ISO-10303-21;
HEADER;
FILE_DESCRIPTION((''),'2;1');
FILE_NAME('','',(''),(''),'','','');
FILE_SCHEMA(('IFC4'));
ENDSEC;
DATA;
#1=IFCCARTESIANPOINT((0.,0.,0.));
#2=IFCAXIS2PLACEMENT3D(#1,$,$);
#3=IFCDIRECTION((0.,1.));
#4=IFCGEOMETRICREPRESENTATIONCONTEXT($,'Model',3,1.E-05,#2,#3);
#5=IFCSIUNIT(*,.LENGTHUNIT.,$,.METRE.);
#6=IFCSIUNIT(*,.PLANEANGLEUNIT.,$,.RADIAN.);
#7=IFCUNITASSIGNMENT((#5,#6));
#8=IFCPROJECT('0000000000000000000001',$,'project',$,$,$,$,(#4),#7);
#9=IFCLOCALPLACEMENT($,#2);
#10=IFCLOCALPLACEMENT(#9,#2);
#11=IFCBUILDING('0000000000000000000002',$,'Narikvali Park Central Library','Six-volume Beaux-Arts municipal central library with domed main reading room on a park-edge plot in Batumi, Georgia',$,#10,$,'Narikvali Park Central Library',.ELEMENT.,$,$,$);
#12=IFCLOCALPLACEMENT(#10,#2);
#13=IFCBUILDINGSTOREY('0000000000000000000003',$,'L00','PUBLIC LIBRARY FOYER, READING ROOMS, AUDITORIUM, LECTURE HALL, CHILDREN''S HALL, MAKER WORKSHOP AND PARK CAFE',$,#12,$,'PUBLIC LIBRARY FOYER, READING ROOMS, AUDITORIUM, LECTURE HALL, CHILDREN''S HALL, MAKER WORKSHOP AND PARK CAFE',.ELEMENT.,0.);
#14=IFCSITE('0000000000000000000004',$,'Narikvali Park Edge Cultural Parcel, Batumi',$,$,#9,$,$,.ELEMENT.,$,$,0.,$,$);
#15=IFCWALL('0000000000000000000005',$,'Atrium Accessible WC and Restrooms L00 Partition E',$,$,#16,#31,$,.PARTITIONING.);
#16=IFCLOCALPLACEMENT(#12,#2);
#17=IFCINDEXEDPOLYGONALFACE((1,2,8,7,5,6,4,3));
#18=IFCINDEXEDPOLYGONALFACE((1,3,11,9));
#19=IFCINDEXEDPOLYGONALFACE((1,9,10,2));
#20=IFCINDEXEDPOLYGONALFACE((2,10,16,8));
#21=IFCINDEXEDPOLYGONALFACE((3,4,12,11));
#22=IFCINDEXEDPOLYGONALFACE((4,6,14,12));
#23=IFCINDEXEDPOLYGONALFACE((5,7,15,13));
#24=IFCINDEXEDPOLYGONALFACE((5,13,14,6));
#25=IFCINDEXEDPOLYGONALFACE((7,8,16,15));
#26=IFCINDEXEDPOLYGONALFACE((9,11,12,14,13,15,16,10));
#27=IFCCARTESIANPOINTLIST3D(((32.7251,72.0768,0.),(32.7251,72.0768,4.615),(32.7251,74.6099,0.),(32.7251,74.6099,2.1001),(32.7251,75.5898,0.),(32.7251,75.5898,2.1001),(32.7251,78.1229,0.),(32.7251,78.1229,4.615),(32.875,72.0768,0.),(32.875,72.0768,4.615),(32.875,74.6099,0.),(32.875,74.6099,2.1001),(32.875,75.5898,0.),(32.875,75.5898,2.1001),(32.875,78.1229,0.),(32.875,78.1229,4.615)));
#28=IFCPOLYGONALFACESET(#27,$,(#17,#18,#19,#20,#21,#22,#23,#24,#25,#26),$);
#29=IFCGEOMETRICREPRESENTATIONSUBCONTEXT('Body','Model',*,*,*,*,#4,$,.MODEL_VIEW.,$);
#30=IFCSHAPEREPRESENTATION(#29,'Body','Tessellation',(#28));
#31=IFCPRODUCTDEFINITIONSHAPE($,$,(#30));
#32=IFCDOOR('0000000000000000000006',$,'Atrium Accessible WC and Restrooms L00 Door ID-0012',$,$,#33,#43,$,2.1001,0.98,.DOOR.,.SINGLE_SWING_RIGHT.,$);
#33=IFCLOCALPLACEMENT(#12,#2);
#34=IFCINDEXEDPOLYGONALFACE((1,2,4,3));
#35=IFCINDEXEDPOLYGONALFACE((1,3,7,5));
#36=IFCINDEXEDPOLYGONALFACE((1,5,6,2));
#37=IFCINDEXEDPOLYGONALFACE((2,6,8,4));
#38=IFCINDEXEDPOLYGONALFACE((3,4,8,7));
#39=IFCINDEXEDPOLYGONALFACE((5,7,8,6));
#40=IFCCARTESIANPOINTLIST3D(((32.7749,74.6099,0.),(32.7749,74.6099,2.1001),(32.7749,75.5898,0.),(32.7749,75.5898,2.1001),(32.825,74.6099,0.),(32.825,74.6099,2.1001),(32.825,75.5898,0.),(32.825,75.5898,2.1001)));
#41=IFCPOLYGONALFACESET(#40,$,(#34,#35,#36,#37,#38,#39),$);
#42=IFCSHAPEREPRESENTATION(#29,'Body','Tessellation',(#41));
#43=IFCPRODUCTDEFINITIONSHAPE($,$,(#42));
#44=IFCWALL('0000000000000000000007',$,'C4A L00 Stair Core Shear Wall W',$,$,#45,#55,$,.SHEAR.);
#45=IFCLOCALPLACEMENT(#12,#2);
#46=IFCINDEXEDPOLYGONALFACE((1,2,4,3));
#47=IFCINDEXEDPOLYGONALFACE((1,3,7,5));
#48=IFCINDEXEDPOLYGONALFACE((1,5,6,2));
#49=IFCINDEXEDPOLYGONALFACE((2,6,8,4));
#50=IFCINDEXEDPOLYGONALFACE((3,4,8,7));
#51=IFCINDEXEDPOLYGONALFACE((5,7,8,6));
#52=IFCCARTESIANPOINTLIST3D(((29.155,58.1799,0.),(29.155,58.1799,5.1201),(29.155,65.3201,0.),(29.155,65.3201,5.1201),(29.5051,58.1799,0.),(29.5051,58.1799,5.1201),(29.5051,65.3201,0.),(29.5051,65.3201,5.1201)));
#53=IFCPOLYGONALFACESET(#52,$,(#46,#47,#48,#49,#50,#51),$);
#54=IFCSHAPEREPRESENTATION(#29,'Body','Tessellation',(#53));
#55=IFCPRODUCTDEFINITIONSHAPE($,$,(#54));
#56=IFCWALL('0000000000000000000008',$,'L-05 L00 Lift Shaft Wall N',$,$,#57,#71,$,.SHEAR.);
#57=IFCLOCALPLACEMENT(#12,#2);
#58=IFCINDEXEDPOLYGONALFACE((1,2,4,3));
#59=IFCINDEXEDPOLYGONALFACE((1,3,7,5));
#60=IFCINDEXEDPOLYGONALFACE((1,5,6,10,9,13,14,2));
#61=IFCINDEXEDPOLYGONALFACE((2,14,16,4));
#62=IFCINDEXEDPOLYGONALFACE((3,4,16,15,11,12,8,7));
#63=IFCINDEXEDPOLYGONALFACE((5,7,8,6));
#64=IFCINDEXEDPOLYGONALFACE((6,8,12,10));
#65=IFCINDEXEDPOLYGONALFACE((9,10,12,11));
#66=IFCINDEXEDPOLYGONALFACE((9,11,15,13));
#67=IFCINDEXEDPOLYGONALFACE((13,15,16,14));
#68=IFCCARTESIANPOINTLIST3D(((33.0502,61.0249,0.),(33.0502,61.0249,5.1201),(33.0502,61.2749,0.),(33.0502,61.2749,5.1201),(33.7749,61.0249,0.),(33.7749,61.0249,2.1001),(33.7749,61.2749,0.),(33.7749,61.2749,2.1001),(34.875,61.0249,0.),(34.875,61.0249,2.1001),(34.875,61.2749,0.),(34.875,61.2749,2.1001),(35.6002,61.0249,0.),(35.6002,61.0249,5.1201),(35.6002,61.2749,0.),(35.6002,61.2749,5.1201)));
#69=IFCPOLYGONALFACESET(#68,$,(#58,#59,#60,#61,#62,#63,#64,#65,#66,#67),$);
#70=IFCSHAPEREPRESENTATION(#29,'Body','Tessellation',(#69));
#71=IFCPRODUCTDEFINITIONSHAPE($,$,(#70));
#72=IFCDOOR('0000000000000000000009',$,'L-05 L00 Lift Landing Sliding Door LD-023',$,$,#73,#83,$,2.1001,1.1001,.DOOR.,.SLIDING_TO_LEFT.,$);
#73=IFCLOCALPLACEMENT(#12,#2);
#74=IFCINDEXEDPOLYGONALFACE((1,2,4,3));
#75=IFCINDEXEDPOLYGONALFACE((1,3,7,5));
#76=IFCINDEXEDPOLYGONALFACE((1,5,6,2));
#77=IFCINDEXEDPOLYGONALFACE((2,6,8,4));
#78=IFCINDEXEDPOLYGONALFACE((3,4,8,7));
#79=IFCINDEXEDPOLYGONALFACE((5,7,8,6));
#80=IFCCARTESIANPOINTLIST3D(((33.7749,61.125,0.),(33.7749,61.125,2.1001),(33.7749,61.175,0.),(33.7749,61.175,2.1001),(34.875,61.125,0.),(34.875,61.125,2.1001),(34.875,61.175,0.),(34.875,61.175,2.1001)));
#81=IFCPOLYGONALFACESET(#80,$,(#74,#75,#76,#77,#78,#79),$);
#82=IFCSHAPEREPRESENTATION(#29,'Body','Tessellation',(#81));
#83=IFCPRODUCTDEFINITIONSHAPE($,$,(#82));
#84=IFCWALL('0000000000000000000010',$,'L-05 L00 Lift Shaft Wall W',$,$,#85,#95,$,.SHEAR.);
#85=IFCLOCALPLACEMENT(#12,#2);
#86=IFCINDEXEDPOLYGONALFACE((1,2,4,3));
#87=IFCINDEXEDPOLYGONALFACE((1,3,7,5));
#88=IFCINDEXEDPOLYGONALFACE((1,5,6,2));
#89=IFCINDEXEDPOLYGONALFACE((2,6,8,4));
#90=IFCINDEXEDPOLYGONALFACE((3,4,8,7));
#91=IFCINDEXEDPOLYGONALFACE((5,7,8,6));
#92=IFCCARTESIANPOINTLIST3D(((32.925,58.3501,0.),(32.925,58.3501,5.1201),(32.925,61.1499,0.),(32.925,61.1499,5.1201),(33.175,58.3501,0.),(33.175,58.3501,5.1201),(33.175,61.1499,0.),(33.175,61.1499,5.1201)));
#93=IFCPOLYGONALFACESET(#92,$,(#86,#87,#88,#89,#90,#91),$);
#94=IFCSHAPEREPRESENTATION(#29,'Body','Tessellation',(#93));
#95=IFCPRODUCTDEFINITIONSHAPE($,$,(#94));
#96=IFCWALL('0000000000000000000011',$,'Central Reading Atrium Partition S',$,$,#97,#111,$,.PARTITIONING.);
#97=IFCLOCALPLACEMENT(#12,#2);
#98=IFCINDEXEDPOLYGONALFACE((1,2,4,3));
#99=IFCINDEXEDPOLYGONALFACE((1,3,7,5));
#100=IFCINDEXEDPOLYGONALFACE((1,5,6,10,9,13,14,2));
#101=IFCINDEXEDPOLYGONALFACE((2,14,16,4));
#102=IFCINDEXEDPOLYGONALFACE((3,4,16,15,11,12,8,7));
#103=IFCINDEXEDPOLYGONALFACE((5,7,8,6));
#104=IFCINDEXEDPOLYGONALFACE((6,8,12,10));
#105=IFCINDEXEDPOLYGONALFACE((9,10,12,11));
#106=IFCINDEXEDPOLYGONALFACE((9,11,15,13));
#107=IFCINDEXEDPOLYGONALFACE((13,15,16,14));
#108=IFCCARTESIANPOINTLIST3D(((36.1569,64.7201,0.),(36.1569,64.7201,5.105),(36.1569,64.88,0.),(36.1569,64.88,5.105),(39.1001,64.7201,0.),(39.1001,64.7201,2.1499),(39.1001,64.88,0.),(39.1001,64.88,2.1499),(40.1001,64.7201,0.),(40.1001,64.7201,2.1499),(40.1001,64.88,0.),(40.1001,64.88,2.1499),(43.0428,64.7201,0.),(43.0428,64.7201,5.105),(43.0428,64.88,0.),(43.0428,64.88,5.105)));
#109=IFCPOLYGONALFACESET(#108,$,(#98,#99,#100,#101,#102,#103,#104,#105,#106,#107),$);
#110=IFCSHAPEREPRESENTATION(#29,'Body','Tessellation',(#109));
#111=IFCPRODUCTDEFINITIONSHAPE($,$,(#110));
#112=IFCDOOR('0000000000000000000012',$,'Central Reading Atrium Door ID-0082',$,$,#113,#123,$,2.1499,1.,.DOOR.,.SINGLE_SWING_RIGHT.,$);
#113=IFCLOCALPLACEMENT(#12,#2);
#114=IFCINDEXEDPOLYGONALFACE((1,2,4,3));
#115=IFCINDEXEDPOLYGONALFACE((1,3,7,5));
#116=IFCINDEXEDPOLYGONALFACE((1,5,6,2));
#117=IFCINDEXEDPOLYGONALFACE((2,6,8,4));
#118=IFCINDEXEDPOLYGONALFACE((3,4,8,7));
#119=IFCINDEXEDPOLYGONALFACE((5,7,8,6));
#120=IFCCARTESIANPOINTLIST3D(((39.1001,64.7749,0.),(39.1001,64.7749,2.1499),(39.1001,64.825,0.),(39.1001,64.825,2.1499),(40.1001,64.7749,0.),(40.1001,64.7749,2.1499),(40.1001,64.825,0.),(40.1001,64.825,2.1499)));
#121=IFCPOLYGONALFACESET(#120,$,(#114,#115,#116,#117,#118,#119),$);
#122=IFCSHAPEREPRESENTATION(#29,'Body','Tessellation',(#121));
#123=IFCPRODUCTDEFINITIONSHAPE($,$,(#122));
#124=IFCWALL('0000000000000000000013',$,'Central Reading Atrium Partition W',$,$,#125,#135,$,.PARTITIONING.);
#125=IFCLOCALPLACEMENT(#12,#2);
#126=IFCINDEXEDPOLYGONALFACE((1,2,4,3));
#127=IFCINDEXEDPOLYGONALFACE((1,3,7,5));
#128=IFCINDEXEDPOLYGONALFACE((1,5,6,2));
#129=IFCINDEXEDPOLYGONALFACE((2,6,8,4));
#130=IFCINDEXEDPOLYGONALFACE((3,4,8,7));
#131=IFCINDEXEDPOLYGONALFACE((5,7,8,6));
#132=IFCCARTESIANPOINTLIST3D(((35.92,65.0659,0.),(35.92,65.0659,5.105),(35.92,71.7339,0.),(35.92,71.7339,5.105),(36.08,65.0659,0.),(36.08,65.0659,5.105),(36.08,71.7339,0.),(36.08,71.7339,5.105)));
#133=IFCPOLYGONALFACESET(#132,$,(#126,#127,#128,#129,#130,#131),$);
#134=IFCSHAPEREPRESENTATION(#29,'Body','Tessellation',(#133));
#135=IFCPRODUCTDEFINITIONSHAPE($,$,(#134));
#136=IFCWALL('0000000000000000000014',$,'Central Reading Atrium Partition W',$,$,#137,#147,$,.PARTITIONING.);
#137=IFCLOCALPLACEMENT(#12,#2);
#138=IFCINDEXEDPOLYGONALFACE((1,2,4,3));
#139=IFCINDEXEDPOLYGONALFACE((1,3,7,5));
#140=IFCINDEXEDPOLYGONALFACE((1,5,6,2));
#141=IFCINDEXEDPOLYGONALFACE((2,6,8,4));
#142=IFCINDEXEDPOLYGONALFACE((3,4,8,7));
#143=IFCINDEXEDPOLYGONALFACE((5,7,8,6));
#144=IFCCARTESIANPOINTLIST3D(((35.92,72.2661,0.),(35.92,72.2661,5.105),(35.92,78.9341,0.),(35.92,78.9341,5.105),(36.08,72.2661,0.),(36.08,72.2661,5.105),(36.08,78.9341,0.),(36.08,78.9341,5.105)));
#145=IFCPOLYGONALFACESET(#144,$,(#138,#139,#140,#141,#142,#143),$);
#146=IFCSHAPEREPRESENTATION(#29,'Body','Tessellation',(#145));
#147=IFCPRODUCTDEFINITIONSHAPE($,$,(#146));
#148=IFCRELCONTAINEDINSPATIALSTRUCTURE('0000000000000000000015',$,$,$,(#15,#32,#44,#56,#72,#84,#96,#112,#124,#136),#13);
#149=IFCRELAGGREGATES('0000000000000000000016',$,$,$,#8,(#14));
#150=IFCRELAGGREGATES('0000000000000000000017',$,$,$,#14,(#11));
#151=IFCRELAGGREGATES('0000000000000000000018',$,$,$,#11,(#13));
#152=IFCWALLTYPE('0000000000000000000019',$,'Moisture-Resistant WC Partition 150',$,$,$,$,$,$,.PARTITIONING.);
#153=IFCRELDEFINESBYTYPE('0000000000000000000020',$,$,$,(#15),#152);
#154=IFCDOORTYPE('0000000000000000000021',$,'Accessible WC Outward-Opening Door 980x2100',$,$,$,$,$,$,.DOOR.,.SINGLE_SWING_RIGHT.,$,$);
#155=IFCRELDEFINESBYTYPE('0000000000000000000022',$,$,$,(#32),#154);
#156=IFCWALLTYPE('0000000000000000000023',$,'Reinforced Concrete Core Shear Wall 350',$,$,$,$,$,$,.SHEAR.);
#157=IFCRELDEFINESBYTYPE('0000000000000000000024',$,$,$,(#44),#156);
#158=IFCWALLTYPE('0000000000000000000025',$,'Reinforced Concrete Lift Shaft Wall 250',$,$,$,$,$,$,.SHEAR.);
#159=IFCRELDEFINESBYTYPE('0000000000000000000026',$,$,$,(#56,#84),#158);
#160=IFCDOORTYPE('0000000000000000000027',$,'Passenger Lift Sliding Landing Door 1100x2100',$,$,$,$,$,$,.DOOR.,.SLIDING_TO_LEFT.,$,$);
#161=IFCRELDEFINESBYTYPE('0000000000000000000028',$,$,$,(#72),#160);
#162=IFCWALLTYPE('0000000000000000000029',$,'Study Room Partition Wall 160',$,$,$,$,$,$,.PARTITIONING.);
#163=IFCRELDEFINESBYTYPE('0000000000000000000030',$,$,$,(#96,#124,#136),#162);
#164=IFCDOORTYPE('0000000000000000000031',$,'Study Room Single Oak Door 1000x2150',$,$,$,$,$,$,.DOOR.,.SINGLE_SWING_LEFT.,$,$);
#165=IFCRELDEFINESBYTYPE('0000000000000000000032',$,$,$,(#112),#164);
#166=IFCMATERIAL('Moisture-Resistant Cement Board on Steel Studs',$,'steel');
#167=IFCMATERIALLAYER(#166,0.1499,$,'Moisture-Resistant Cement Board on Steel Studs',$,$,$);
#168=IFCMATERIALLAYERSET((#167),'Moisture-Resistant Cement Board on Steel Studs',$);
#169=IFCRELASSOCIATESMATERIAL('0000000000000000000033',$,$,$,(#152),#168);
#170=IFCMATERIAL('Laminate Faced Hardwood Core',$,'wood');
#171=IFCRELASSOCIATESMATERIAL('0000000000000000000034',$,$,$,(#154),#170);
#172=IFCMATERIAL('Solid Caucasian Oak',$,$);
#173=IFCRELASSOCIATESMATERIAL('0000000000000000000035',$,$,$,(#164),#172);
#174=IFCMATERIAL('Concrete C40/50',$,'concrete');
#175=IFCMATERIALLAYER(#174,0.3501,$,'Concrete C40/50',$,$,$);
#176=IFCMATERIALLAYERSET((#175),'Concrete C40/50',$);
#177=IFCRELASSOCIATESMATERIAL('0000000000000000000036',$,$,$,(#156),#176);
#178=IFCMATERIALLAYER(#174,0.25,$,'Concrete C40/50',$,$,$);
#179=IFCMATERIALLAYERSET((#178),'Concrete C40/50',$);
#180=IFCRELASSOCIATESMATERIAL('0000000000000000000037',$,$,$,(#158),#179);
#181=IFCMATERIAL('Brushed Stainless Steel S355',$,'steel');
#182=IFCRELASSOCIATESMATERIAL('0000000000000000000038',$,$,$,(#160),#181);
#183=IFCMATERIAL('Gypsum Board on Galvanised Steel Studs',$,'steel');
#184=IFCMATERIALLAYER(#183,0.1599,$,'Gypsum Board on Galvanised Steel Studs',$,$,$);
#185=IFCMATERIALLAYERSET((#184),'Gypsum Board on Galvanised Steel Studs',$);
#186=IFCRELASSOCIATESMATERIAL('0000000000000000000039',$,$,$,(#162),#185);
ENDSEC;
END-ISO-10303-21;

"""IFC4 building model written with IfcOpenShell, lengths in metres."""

from ifc_helpers import new_model, si_unit, direction, frame, frame_2d, origin, place, context, subcontext, project, spatial, rectangle, extrude, material, layer, layer_set, type_object, element, fill, save


model = new_model("IFC4")

# Units and contexts
model_context = context("Model", 3, precision=1e-05, world=origin(), true_north=direction((0.0, 1.0)))
body_context = subcontext(model_context, "Body", "Model", "MODEL_VIEW")
ifc_project = project(units=[si_unit("LENGTHUNIT", "METRE"), si_unit("PLANEANGLEUNIT", "RADIAN")], contexts=[model_context])

# Site, building, storey
site_placement = place(None, origin())
site = spatial("IfcSite", under=ifc_project, at=site_placement, Name="Narikvali Park Edge Cultural Parcel, Batumi", CompositionType="ELEMENT", RefElevation=0.0)
building_placement = place(site_placement, origin())
building = spatial("IfcBuilding", under=site, at=building_placement, Name="Narikvali Park Central Library", Description="Six-volume Beaux-Arts municipal central library with domed main reading room on a park-edge plot in Batumi, Georgia", LongName="Narikvali Park Central Library", CompositionType="ELEMENT")
storey_placement = place(building_placement, origin())
storey = spatial("IfcBuildingStorey", under=building, at=storey_placement, Name="L00", Description="PUBLIC LIBRARY FOYER, READING ROOMS, AUDITORIUM, LECTURE HALL, CHILDREN'S HALL, MAKER WORKSHOP AND PARK CAFE", LongName="PUBLIC LIBRARY FOYER, READING ROOMS, AUDITORIUM, LECTURE HALL, CHILDREN'S HALL, MAKER WORKSHOP AND PARK CAFE", CompositionType="ELEMENT", Elevation=0.0)

# Wall, opening, door
ifc_material_1 = material(Name="Moisture-Resistant Cement Board on Steel Studs", Category="steel")
ifc_layer_1 = layer(ifc_material_1, 0.1499, Name="Moisture-Resistant Cement Board on Steel Studs")
ifc_layer_set_1 = layer_set([ifc_layer_1], Name="Moisture-Resistant Cement Board on Steel Studs")
wall_type_1 = type_object("IfcWallType", Name="Moisture-Resistant WC Partition 150", PredefinedType="PARTITIONING", material=ifc_layer_set_1)
wall_1_placement = place(storey_placement, frame((32.8, 72.0769, 0.0), z_axis=(0.0, 0.0, 1.0), x_axis=(0.0, 1.0, 0.0)))
wall_1 = element("IfcWall", 1, at=wall_1_placement, inside=storey, type_object=wall_type_1, Name="Atrium Accessible WC and Restrooms L00 Partition E", PredefinedType="PARTITIONING", context=body_context, shape_type="SweptSolid", body=[
    extrude(rectangle(XDim=6.0461, YDim=0.1499, at=frame_2d((3.0229, 0.0))), origin(), (0.0, 0.0, 1.0), 4.615),
])
opening_1_placement = place(wall_1_placement, frame((2.533, 0.0, 0.0)))
opening_1 = element("IfcOpeningElement", 2, at=opening_1_placement, cuts=wall_1, PredefinedType="OPENING", context=body_context, shape_type="SweptSolid", body=[
    extrude(rectangle(XDim=0.98, YDim=2.1001, at=frame_2d((0.49, 1.05))), frame((0.0, 0.0869, 0.0), z_axis=(0.0, -1.0, 0.0), x_axis=(1.0, 0.0, 0.0)), (0.0, 0.0, 1.0), 0.1738),
])
ifc_material_2 = material(Name="Laminate Faced Hardwood Core", Category="wood")
door_type_1 = type_object("IfcDoorType", Name="Accessible WC Outward-Opening Door 980x2100", OperationType="SINGLE_SWING_RIGHT", PredefinedType="DOOR", material=ifc_material_2)
door_1_placement = place(opening_1_placement, frame((0.98, 0.0, 0.0), z_axis=(0.0, 0.0, 1.0), x_axis=(-1.0, 0.0, 0.0)))
door_1 = element("IfcDoor", 3, at=door_1_placement, inside=storey, type_object=door_type_1, Name="Atrium Accessible WC and Restrooms L00 Door ID-0012", OperationType="SINGLE_SWING_RIGHT", OverallHeight=2.1001, OverallWidth=0.98, PredefinedType="DOOR", context=body_context, shape_type="SweptSolid", body=[
    extrude(rectangle(XDim=0.98, YDim=2.1001, at=frame_2d((0.49, 1.05))), frame((0.0, 0.0249, 0.0), z_axis=(0.0, -1.0, 0.0), x_axis=(1.0, 0.0, 0.0)), (0.0, 0.0, 1.0), 0.05),
])
fill(opening_1, door_1)
ifc_material_3 = material(Name="Solid Caucasian Oak")
door_type_2 = type_object("IfcDoorType", Name="Study Room Single Oak Door 1000x2150", OperationType="SINGLE_SWING_LEFT", PredefinedType="DOOR", material=ifc_material_3)
ifc_material_4 = material(Name="Concrete C40/50", Category="concrete")
ifc_layer_2 = layer(ifc_material_4, 0.3501, Name="Concrete C40/50")
ifc_layer_set_2 = layer_set([ifc_layer_2], Name="Concrete C40/50")
wall_type_2 = type_object("IfcWallType", Name="Reinforced Concrete Core Shear Wall 350", PredefinedType="SHEAR", material=ifc_layer_set_2)

# Wall
wall_2_placement = place(storey_placement, frame((29.3301, 65.3201, 0.0), z_axis=(0.0, 0.0, 1.0), x_axis=(0.0, -1.0, 0.0)))
element("IfcWall", 4, at=wall_2_placement, inside=storey, type_object=wall_type_2, Name="C4A L00 Stair Core Shear Wall W", PredefinedType="SHEAR", context=body_context, shape_type="SweptSolid", body=[
    extrude(rectangle(XDim=7.1401, YDim=0.3501, at=frame_2d((3.5701, 0.0))), origin(), (0.0, 0.0, 1.0), 5.1201),
])

# Wall, opening, door
ifc_layer_3 = layer(ifc_material_4, 0.25, Name="Concrete C40/50")
ifc_layer_set_3 = layer_set([ifc_layer_3], Name="Concrete C40/50")
wall_type_3 = type_object("IfcWallType", Name="Reinforced Concrete Lift Shaft Wall 250", PredefinedType="SHEAR", material=ifc_layer_set_3)
wall_3_placement = place(storey_placement, frame((35.6001, 61.1499, 0.0), z_axis=(0.0, 0.0, 1.0), x_axis=(-1.0, 0.0, 0.0)))
wall_3 = element("IfcWall", 5, at=wall_3_placement, inside=storey, type_object=wall_type_3, Name="L-05 L00 Lift Shaft Wall N", PredefinedType="SHEAR", context=body_context, shape_type="SweptSolid", body=[
    extrude(rectangle(XDim=2.55, YDim=0.25, at=frame_2d((1.2749, 0.0))), origin(), (0.0, 0.0, 1.0), 5.1201),
])
opening_2_placement = place(wall_3_placement, frame((0.7251, 0.0, 0.0)))
opening_2 = element("IfcOpeningElement", 6, at=opening_2_placement, cuts=wall_3, PredefinedType="OPENING", context=body_context, shape_type="SweptSolid", body=[
    extrude(rectangle(XDim=1.1001, YDim=2.1001, at=frame_2d((0.55, 1.05))), frame((0.0, 0.137, 0.0), z_axis=(0.0, -1.0, 0.0), x_axis=(1.0, 0.0, 0.0)), (0.0, 0.0, 1.0), 0.2739),
])
ifc_material_5 = material(Name="Brushed Stainless Steel S355", Category="steel")
door_type_3 = type_object("IfcDoorType", Name="Passenger Lift Sliding Landing Door 1100x2100", OperationType="SLIDING_TO_LEFT", PredefinedType="DOOR", material=ifc_material_5)
door_2_placement = place(opening_2_placement, origin())
door_2 = element("IfcDoor", 7, at=door_2_placement, inside=storey, type_object=door_type_3, Name="L-05 L00 Lift Landing Sliding Door LD-023", OperationType="SLIDING_TO_LEFT", OverallHeight=2.1001, OverallWidth=1.1001, PredefinedType="DOOR", context=body_context, shape_type="SweptSolid", body=[
    extrude(rectangle(XDim=1.1001, YDim=2.1001, at=frame_2d((0.55, 1.05))), frame((0.0, 0.0249, 0.0), z_axis=(0.0, -1.0, 0.0), x_axis=(1.0, 0.0, 0.0)), (0.0, 0.0, 1.0), 0.05),
])
fill(opening_2, door_2)

# Wall
wall_4_placement = place(storey_placement, frame((33.05, 61.1499, 0.0), z_axis=(0.0, 0.0, 1.0), x_axis=(0.0, -1.0, 0.0)))
element("IfcWall", 8, at=wall_4_placement, inside=storey, type_object=wall_type_3, Name="L-05 L00 Lift Shaft Wall W", PredefinedType="SHEAR", context=body_context, shape_type="SweptSolid", body=[
    extrude(rectangle(XDim=2.7998, YDim=0.25, at=frame_2d((1.3999, 0.0))), origin(), (0.0, 0.0, 1.0), 5.1201),
])

# Wall, opening, door
ifc_material_6 = material(Name="Gypsum Board on Galvanised Steel Studs", Category="steel")
ifc_layer_4 = layer(ifc_material_6, 0.1599, Name="Gypsum Board on Galvanised Steel Studs")
ifc_layer_set_4 = layer_set([ifc_layer_4], Name="Gypsum Board on Galvanised Steel Studs")
wall_type_4 = type_object("IfcWallType", Name="Study Room Partition Wall 160", PredefinedType="PARTITIONING", material=ifc_layer_set_4)
wall_5_placement = place(storey_placement, frame((36.157, 64.8, 0.0), z_axis=(0.0, 0.0, 1.0), x_axis=(1.0, 0.0, 0.0)))
wall_5 = element("IfcWall", 9, at=wall_5_placement, inside=storey, type_object=wall_type_4, Name="Central Reading Atrium Partition S", PredefinedType="PARTITIONING", context=body_context, shape_type="SweptSolid", body=[
    extrude(rectangle(XDim=6.886, YDim=0.1599, at=frame_2d((3.4429, 0.0))), origin(), (0.0, 0.0, 1.0), 5.105),
])
opening_3_placement = place(wall_5_placement, frame((2.9431, 0.0, 0.0)))
opening_3 = element("IfcOpeningElement", 10, at=opening_3_placement, cuts=wall_5, PredefinedType="OPENING", context=body_context, shape_type="SweptSolid", body=[
    extrude(rectangle(XDim=1.0, YDim=2.1499, at=frame_2d((0.5, 1.075))), frame((0.0, 0.0918, 0.0), z_axis=(0.0, -1.0, 0.0), x_axis=(1.0, 0.0, 0.0)), (0.0, 0.0, 1.0), 0.1838),
])
door_3_placement = place(opening_3_placement, origin())
door_3 = element("IfcDoor", 11, at=door_3_placement, inside=storey, type_object=door_type_2, Name="Central Reading Atrium Door ID-0082", OperationType="SINGLE_SWING_RIGHT", OverallHeight=2.1499, OverallWidth=1.0, PredefinedType="DOOR", context=body_context, shape_type="SweptSolid", body=[
    extrude(rectangle(XDim=1.0, YDim=2.1499, at=frame_2d((0.5, 1.075))), frame((0.0, 0.0249, 0.0), z_axis=(0.0, -1.0, 0.0), x_axis=(1.0, 0.0, 0.0)), (0.0, 0.0, 1.0), 0.05),
])
fill(opening_3, door_3)

# Walls
for number, where, z_axis, x_axis, name in (
    (12, (36.0, 65.0659, 0.0), (0.0, 0.0, 1.0), (0.0, 1.0, 0.0), "Central Reading Atrium Partition W"),
    (13, (36.0, 72.2661, 0.0), (0.0, 0.0, 1.0), (0.0, 1.0, 0.0), "Central Reading Atrium Partition W"),
):
    element("IfcWall", number, at=place(storey_placement, frame(where, z_axis=z_axis, x_axis=x_axis)), inside=storey, type_object=wall_type_4, Name=name, PredefinedType="PARTITIONING", context=body_context, shape_type="SweptSolid", body=[
        extrude(rectangle(XDim=6.668, YDim=0.1599, at=frame_2d((3.334, 0.0))), origin(), (0.0, 0.0, 1.0), 5.105),
    ])

save(model, "model.ifc")
